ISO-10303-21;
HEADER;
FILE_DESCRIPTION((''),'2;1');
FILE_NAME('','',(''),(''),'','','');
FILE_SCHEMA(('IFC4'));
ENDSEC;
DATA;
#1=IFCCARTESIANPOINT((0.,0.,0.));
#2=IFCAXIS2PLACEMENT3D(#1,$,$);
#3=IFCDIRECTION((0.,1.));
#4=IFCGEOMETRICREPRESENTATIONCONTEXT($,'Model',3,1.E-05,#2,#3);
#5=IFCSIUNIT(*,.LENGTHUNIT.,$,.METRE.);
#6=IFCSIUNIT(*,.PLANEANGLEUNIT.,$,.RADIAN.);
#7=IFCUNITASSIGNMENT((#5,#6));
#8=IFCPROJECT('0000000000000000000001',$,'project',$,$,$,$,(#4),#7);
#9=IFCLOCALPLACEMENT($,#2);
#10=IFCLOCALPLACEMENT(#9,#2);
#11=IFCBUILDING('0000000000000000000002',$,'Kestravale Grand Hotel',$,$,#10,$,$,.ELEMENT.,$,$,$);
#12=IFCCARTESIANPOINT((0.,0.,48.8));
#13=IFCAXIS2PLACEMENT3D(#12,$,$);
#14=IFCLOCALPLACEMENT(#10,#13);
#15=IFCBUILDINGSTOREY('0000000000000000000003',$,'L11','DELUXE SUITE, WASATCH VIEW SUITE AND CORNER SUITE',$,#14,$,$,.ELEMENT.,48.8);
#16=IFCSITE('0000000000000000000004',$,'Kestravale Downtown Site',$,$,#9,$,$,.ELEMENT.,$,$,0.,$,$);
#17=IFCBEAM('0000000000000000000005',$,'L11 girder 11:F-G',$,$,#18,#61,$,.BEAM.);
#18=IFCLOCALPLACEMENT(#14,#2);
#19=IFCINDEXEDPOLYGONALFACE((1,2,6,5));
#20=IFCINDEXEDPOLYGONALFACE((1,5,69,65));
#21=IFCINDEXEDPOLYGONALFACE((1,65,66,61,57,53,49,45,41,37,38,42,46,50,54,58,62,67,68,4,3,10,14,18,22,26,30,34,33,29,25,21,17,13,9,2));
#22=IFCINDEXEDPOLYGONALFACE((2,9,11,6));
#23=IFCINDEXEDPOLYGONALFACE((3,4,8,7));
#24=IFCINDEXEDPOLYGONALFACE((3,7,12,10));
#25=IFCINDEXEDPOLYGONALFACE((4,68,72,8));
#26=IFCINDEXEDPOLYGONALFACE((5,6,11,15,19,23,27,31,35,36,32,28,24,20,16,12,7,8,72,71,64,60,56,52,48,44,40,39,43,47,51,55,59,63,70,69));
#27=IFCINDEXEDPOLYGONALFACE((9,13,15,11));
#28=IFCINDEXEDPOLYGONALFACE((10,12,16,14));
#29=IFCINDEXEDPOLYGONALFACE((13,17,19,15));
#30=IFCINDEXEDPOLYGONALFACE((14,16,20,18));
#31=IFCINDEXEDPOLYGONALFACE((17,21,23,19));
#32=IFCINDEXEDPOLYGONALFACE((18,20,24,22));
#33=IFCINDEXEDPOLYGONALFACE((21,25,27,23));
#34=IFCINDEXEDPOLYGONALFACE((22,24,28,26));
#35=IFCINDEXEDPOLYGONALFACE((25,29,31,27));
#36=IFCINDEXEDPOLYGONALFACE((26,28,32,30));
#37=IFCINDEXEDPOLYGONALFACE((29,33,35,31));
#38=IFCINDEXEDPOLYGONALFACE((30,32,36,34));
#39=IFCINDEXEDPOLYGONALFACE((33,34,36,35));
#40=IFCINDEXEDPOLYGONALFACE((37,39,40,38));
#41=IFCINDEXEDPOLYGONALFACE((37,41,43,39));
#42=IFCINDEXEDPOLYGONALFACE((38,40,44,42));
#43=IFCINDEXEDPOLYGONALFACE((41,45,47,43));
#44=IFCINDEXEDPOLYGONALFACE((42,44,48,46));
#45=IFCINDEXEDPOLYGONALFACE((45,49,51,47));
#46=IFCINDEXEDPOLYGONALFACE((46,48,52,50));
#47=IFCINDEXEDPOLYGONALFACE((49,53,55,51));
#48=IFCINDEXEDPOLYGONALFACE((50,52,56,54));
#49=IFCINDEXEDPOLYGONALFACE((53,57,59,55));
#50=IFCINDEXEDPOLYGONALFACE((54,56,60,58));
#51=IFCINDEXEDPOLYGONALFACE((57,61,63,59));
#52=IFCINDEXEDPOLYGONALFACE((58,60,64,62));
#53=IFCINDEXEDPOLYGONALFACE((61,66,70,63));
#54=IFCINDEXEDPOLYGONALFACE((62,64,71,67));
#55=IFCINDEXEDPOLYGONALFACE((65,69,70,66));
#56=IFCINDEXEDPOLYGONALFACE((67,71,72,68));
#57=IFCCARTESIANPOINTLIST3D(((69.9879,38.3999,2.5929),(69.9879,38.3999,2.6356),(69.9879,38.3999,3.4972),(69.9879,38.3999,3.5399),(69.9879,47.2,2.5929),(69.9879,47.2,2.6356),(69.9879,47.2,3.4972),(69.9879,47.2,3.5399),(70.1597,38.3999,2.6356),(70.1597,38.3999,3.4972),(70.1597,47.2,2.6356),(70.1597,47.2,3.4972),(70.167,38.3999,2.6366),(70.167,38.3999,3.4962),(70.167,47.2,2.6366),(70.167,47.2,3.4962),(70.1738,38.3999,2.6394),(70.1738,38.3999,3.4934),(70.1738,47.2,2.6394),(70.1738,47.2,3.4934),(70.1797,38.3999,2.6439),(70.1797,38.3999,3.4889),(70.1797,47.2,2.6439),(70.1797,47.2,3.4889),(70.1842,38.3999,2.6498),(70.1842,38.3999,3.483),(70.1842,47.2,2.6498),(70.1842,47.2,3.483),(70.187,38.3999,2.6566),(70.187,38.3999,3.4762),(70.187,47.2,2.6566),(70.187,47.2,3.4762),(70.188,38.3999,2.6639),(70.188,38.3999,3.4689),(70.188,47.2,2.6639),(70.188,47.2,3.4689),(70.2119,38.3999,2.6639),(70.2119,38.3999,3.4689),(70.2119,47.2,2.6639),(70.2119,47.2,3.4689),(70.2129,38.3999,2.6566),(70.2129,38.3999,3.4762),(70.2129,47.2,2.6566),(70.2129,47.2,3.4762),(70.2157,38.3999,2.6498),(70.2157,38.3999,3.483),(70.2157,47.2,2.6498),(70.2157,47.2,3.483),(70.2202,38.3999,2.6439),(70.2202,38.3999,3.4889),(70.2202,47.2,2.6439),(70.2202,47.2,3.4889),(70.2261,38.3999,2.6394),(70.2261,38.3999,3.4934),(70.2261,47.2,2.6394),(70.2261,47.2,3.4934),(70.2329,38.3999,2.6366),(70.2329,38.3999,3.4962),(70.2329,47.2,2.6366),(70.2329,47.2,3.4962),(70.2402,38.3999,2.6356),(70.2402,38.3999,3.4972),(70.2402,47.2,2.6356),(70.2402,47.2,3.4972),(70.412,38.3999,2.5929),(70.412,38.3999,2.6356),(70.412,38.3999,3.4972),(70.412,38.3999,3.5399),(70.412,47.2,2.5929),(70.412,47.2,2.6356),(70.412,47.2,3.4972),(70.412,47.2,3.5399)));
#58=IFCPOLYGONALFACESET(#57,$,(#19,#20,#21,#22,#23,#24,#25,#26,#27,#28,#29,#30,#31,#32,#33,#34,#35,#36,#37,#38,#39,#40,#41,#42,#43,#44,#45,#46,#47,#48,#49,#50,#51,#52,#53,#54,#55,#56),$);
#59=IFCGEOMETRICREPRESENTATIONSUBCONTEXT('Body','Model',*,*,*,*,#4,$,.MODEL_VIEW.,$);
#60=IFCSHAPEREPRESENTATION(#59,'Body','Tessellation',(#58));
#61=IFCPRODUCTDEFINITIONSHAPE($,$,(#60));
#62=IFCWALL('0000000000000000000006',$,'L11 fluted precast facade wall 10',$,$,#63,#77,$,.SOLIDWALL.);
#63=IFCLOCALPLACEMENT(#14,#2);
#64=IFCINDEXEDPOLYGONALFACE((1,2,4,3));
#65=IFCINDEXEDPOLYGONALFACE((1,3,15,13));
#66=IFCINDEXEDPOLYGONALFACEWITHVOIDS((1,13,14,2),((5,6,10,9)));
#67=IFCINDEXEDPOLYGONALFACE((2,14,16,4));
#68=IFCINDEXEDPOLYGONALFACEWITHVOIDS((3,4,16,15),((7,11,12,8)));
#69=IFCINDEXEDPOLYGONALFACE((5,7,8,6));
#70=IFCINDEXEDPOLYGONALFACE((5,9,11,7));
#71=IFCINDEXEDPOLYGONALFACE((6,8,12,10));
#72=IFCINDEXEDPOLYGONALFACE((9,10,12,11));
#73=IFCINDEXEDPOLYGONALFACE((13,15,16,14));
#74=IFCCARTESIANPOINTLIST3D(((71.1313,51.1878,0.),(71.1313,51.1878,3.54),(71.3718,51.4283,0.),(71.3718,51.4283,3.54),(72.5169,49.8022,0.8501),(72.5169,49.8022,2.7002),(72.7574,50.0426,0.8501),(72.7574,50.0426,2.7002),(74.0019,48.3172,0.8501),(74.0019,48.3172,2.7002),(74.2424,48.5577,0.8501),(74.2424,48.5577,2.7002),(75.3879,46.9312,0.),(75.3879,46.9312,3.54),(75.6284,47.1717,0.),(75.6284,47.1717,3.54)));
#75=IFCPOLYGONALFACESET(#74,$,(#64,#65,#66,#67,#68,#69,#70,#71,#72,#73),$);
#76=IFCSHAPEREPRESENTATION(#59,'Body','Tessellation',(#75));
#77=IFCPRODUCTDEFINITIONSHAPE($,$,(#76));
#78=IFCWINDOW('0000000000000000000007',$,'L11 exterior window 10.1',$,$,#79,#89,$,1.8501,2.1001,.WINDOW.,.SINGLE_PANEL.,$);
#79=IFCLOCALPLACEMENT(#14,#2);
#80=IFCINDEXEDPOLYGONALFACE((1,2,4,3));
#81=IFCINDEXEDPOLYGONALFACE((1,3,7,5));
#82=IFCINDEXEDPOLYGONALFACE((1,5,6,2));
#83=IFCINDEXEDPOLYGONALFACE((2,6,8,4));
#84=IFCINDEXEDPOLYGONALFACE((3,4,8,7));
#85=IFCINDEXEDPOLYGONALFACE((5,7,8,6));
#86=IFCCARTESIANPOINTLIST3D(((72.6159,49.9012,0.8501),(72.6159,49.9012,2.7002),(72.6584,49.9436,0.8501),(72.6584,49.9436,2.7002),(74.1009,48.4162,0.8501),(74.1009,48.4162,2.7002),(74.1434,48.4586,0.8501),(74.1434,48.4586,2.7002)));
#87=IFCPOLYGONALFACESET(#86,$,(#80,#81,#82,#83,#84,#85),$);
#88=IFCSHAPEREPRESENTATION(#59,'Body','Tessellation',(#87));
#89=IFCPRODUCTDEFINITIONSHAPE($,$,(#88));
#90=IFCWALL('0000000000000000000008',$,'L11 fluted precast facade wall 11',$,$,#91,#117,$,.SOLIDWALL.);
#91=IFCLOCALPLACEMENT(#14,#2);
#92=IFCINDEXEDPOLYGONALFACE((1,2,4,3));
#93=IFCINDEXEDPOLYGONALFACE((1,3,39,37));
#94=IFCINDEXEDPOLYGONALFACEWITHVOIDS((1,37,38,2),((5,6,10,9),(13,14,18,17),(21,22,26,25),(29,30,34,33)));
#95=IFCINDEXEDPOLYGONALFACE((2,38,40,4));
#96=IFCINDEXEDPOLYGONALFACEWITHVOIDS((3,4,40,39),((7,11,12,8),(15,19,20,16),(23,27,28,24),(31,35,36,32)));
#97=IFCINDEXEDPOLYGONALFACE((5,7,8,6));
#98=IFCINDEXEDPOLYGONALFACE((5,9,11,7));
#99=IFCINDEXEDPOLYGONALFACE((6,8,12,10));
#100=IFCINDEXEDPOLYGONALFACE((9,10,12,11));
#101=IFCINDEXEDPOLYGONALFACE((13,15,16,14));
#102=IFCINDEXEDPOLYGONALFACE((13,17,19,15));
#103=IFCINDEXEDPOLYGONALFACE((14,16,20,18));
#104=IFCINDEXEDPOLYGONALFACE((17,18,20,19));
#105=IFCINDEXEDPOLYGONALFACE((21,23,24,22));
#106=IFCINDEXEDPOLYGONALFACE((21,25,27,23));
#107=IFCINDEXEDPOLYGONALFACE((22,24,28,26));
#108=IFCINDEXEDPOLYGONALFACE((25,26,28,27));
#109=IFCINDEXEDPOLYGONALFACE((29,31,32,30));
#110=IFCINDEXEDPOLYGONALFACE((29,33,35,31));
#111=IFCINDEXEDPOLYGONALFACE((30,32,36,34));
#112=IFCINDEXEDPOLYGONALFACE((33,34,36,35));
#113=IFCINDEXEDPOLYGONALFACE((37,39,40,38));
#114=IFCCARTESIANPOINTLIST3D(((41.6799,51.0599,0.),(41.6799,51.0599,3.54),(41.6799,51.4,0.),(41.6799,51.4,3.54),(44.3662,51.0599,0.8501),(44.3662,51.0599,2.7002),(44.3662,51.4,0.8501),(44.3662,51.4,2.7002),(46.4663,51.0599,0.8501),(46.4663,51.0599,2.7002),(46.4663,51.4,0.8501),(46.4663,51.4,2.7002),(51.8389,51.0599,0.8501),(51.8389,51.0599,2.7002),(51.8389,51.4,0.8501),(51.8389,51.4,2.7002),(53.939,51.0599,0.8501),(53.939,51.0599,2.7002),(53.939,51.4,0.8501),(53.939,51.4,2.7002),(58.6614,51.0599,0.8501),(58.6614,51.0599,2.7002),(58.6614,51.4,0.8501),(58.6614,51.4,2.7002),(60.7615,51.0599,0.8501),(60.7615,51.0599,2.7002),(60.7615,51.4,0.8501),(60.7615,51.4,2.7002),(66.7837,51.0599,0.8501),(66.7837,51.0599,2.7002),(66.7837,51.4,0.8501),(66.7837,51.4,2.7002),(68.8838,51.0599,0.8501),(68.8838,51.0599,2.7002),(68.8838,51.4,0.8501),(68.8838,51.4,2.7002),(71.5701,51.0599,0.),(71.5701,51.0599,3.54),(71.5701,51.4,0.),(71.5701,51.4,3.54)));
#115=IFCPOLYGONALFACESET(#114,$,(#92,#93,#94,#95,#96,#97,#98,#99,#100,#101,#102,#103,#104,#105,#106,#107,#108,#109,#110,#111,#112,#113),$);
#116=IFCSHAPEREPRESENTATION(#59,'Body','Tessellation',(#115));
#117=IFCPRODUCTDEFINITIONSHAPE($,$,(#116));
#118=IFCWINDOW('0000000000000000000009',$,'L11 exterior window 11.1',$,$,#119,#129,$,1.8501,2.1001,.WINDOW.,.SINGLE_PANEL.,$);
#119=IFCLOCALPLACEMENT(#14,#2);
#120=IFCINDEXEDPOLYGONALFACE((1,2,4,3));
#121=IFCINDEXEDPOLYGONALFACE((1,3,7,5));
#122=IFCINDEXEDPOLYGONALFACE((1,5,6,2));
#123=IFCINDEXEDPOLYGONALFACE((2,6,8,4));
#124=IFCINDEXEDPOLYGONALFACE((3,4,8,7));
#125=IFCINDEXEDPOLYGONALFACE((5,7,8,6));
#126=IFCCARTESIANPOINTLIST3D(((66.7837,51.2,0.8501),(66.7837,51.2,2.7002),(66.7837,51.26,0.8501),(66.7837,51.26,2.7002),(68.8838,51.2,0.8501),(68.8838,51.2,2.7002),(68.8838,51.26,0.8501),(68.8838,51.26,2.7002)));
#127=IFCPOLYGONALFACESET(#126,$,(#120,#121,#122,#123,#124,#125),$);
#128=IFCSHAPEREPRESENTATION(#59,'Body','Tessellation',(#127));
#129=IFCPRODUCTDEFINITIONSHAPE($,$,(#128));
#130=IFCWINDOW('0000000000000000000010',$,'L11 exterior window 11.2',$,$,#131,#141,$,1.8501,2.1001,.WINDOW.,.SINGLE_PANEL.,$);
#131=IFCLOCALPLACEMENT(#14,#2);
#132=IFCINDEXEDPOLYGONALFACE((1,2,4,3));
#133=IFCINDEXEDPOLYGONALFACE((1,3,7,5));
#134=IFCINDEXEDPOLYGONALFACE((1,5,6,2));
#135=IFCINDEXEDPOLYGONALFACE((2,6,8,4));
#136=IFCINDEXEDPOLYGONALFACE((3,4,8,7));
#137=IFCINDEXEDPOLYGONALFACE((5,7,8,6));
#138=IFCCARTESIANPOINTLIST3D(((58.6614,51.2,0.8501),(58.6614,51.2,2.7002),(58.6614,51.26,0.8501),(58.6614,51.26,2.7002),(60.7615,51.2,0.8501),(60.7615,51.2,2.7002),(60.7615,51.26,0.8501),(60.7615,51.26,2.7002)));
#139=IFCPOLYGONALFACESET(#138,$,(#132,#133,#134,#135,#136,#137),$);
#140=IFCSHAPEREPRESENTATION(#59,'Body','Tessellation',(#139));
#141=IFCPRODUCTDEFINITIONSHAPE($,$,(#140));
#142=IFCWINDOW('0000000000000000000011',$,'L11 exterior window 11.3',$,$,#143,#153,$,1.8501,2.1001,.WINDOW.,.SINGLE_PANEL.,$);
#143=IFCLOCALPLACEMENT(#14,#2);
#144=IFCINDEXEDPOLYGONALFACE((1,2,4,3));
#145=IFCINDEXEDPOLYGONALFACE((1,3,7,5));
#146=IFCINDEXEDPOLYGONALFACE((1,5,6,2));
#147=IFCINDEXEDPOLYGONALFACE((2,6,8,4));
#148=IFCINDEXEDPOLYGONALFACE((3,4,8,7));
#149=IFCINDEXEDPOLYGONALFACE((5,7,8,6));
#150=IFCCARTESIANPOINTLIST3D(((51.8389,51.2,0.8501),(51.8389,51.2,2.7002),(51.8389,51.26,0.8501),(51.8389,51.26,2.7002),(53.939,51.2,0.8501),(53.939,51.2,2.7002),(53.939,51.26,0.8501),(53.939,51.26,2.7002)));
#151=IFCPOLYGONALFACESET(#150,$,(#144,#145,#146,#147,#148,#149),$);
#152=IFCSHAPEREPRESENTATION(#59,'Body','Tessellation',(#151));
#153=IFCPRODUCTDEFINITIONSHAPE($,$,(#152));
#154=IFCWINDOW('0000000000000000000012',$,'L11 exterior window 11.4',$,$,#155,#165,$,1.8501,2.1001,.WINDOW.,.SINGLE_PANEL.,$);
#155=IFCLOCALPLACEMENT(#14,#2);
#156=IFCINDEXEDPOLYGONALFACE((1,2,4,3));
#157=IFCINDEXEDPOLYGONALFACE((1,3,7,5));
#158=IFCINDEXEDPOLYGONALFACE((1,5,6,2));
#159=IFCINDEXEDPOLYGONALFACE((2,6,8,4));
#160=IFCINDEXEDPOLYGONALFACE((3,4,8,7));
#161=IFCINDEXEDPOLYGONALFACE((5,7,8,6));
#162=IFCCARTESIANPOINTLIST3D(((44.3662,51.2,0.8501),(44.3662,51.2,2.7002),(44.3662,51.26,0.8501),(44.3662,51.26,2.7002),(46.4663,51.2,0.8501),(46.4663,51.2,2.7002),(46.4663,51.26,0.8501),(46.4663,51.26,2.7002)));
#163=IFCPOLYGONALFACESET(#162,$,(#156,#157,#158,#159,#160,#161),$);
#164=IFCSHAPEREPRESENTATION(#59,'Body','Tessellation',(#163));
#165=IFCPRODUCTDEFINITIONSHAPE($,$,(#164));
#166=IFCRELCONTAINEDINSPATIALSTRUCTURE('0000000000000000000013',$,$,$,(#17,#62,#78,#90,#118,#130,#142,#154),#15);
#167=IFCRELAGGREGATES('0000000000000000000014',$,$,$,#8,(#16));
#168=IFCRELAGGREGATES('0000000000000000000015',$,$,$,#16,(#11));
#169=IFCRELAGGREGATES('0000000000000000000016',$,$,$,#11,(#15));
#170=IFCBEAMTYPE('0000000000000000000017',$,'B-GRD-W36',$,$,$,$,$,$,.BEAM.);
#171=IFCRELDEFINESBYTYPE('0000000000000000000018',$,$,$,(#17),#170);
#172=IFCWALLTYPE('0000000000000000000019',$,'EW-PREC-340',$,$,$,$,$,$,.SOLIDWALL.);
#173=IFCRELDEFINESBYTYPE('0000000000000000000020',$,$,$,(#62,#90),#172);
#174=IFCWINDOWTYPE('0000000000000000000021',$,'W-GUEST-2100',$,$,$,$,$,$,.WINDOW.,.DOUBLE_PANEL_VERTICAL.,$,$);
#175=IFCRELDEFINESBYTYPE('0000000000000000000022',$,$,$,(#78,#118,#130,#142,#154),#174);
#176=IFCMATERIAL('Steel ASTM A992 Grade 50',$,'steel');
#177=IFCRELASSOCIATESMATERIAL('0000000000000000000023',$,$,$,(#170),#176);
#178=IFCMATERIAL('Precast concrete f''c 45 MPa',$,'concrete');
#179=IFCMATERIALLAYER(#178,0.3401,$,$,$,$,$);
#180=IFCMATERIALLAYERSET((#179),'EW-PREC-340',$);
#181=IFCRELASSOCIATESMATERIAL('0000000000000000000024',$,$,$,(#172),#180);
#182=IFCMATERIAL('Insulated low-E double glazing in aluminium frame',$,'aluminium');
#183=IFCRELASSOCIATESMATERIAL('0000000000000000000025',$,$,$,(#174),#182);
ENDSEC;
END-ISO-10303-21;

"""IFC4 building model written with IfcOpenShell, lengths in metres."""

from ifc_helpers import new_model, si_unit, direction, frame, frame_2d, origin, origin_2d, place, context, subcontext, project, spatial, rectangle, i_section, extrude, material, layer, layer_set, material_profile, profile_set, type_object, element, fill, save


model = new_model("IFC4")

# Units and contexts
model_context = context("Model", 3, precision=1e-05, world=origin(), true_north=direction((0.0, 1.0)))
body_context = subcontext(model_context, "Body", "Model", "MODEL_VIEW")
ifc_project = project(units=[si_unit("LENGTHUNIT", "METRE"), si_unit("PLANEANGLEUNIT", "RADIAN")], contexts=[model_context])

# Site, building, storey
site_placement = place(None, origin())
site = spatial("IfcSite", under=ifc_project, at=site_placement, Name="Kestravale Downtown Site", CompositionType="ELEMENT", RefElevation=0.0)
building_placement = place(site_placement, origin())
building = spatial("IfcBuilding", under=site, at=building_placement, Name="Kestravale Grand Hotel", CompositionType="ELEMENT")
storey_placement = place(building_placement, frame((0.0, 0.0, 48.8)))
storey = spatial("IfcBuildingStorey", under=building, at=storey_placement, Name="L11", Description="DELUXE SUITE, WASATCH VIEW SUITE AND CORNER SUITE", CompositionType="ELEMENT", Elevation=48.8)

# Beam
ifc_material_1 = material(Name="Steel ASTM A992 Grade 50", Category="steel")
ifc_material_profile_1 = material_profile(ifc_material_1, i_section(OverallWidth=0.4241, OverallDepth=0.947, WebThickness=0.0239, FlangeThickness=0.0427, FilletRadius=0.0283, at=origin_2d()))
ifc_profile_set_1 = profile_set([ifc_material_profile_1], Name="Steel ASTM A992 Grade 50")
beam_type_1 = type_object("IfcBeamType", Name="B-GRD-W36", PredefinedType="BEAM", material=ifc_profile_set_1)
for number, where, z_axis, x_axis, name in (
    (1, (70.2, 38.3999, 3.0664), (0.0, 1.0, 0.0), (-1.0, 0.0, 0.0), "L11 girder 11:F-G"),
):
    element("IfcBeam", number, at=place(storey_placement, frame(where, z_axis=z_axis, x_axis=x_axis)), inside=storey, type_object=beam_type_1, Name=name, PredefinedType="BEAM", context=body_context, shape_type="SweptSolid", body=[
        extrude(i_section(OverallWidth=0.4241, OverallDepth=0.947, WebThickness=0.0239, FlangeThickness=0.0427, FilletRadius=0.0283, at=origin_2d()), origin(), (0.0, 0.0, 1.0), 8.8),
    ])

# Wall, opening, window
ifc_material_2 = material(Name="Precast concrete f'c 45 MPa", Category="concrete")
ifc_layer_1 = layer(ifc_material_2, 0.3401)
ifc_layer_set_1 = layer_set([ifc_layer_1], Name="EW-PREC-340")
wall_type_1 = type_object("IfcWallType", Name="EW-PREC-340", PredefinedType="SOLIDWALL", material=ifc_layer_set_1)
wall_1_placement = place(storey_placement, frame((75.5081, 47.0515, 0.0), z_axis=(0.0, 0.0, 1.0), x_axis=(-0.707107, 0.707107, 0.0)))
wall_1 = element("IfcWall", 2, at=wall_1_placement, inside=storey, type_object=wall_type_1, Name="L11 fluted precast facade wall 10", PredefinedType="SOLIDWALL", context=body_context, shape_type="SweptSolid", body=[
    extrude(rectangle(XDim=6.0198, YDim=0.3401, at=frame_2d((3.0098, 0.0))), origin(), (0.0, 0.0, 1.0), 3.54),
])
opening_1_placement = place(wall_1_placement, frame((1.96, 0.0, 0.8501)))
opening_1 = element("IfcOpeningElement", 3, at=opening_1_placement, cuts=wall_1, PredefinedType="OPENING", context=body_context, shape_type="SweptSolid", body=[
    extrude(rectangle(XDim=2.1001, YDim=1.8501, at=frame_2d((1.05, 0.925))), frame((0.0, 0.1799, 0.0), z_axis=(0.0, -1.0, 0.0), x_axis=(1.0, 0.0, 0.0)), (0.0, 0.0, 1.0), 0.3601),
])
ifc_material_3 = material(Name="Insulated low-E double glazing in aluminium frame", Category="aluminium")
window_type = type_object("IfcWindowType", Name="W-GUEST-2100", PartitioningType="DOUBLE_PANEL_VERTICAL", PredefinedType="WINDOW", material=ifc_material_3)
window_1_placement = place(opening_1_placement, origin())
window_1 = element("IfcWindow", 4, at=window_1_placement, inside=storey, type_object=window_type, Name="L11 exterior window 10.1", OverallHeight=1.8501, OverallWidth=2.1001, PartitioningType="SINGLE_PANEL", PredefinedType="WINDOW", context=body_context, shape_type="SweptSolid", body=[
    extrude(rectangle(XDim=2.1001, YDim=1.8501, at=frame_2d((1.05, 0.925))), frame((0.0, 0.03, 0.0), z_axis=(0.0, -1.0, 0.0), x_axis=(1.0, 0.0, 0.0)), (0.0, 0.0, 1.0), 0.0601),
])
fill(opening_1, window_1)

# Wall, openings, windows
wall_2_placement = place(storey_placement, frame((71.5701, 51.23, 0.0), z_axis=(0.0, 0.0, 1.0), x_axis=(-1.0, 0.0, 0.0)))
wall_2 = element("IfcWall", 5, at=wall_2_placement, inside=storey, type_object=wall_type_1, Name="L11 fluted precast facade wall 11", PredefinedType="SOLIDWALL", context=body_context, shape_type="SweptSolid", body=[
    extrude(rectangle(XDim=29.8901, YDim=0.3401, at=frame_2d((14.9451, 0.0))), origin(), (0.0, 0.0, 1.0), 3.54),
])
opening_2_placement = place(wall_2_placement, frame((2.6863, 0.0, 0.8501)))
opening_2 = element("IfcOpeningElement", 6, at=opening_2_placement, cuts=wall_2, PredefinedType="OPENING", context=body_context, shape_type="SweptSolid", body=[
    extrude(rectangle(XDim=2.1001, YDim=1.8501, at=frame_2d((1.05, 0.925))), frame((0.0, 0.1799, 0.0), z_axis=(0.0, -1.0, 0.0), x_axis=(1.0, 0.0, 0.0)), (0.0, 0.0, 1.0), 0.3601),
])
opening_3_placement = place(wall_2_placement, frame((10.8086, 0.0, 0.8501)))
opening_3 = element("IfcOpeningElement", 7, at=opening_3_placement, cuts=wall_2, PredefinedType="OPENING", context=body_context, shape_type="SweptSolid", body=[
    extrude(rectangle(XDim=2.1001, YDim=1.8501, at=frame_2d((1.05, 0.925))), frame((0.0, 0.1799, 0.0), z_axis=(0.0, -1.0, 0.0), x_axis=(1.0, 0.0, 0.0)), (0.0, 0.0, 1.0), 0.3601),
])
opening_4_placement = place(wall_2_placement, frame((17.6311, 0.0, 0.8501)))
opening_4 = element("IfcOpeningElement", 8, at=opening_4_placement, cuts=wall_2, PredefinedType="OPENING", context=body_context, shape_type="SweptSolid", body=[
    extrude(rectangle(XDim=2.1001, YDim=1.8501, at=frame_2d((1.05, 0.925))), frame((0.0, 0.1799, 0.0), z_axis=(0.0, -1.0, 0.0), x_axis=(1.0, 0.0, 0.0)), (0.0, 0.0, 1.0), 0.3601),
])
opening_5_placement = place(wall_2_placement, frame((25.1038, 0.0, 0.8501)))
opening_5 = element("IfcOpeningElement", 9, at=opening_5_placement, cuts=wall_2, PredefinedType="OPENING", context=body_context, shape_type="SweptSolid", body=[
    extrude(rectangle(XDim=2.1001, YDim=1.8501, at=frame_2d((1.05, 0.925))), frame((0.0, 0.1799, 0.0), z_axis=(0.0, -1.0, 0.0), x_axis=(1.0, 0.0, 0.0)), (0.0, 0.0, 1.0), 0.3601),
])
window_2_placement = place(opening_2_placement, origin())
window_2 = element("IfcWindow", 10, at=window_2_placement, inside=storey, type_object=window_type, Name="L11 exterior window 11.1", OverallHeight=1.8501, OverallWidth=2.1001, PartitioningType="SINGLE_PANEL", PredefinedType="WINDOW", context=body_context, shape_type="SweptSolid", body=[
    extrude(rectangle(XDim=2.1001, YDim=1.8501, at=frame_2d((1.05, 0.925))), frame((0.0, 0.03, 0.0), z_axis=(0.0, -1.0, 0.0), x_axis=(1.0, 0.0, 0.0)), (0.0, 0.0, 1.0), 0.0601),
])
fill(opening_2, window_2)
window_3_placement = place(opening_3_placement, origin())
window_3 = element("IfcWindow", 11, at=window_3_placement, inside=storey, type_object=window_type, Name="L11 exterior window 11.2", OverallHeight=1.8501, OverallWidth=2.1001, PartitioningType="SINGLE_PANEL", PredefinedType="WINDOW", context=body_context, shape_type="SweptSolid", body=[
    extrude(rectangle(XDim=2.1001, YDim=1.8501, at=frame_2d((1.05, 0.925))), frame((0.0, 0.03, 0.0), z_axis=(0.0, -1.0, 0.0), x_axis=(1.0, 0.0, 0.0)), (0.0, 0.0, 1.0), 0.0601),
])
fill(opening_3, window_3)
window_4_placement = place(opening_4_placement, origin())
window_4 = element("IfcWindow", 12, at=window_4_placement, inside=storey, type_object=window_type, Name="L11 exterior window 11.3", OverallHeight=1.8501, OverallWidth=2.1001, PartitioningType="SINGLE_PANEL", PredefinedType="WINDOW", context=body_context, shape_type="SweptSolid", body=[
    extrude(rectangle(XDim=2.1001, YDim=1.8501, at=frame_2d((1.05, 0.925))), frame((0.0, 0.03, 0.0), z_axis=(0.0, -1.0, 0.0), x_axis=(1.0, 0.0, 0.0)), (0.0, 0.0, 1.0), 0.0601),
])
fill(opening_4, window_4)
window_5_placement = place(opening_5_placement, origin())
window_5 = element("IfcWindow", 13, at=window_5_placement, inside=storey, type_object=window_type, Name="L11 exterior window 11.4", OverallHeight=1.8501, OverallWidth=2.1001, PartitioningType="SINGLE_PANEL", PredefinedType="WINDOW", context=body_context, shape_type="SweptSolid", body=[
    extrude(rectangle(XDim=2.1001, YDim=1.8501, at=frame_2d((1.05, 0.925))), frame((0.0, 0.03, 0.0), z_axis=(0.0, -1.0, 0.0), x_axis=(1.0, 0.0, 0.0)), (0.0, 0.0, 1.0), 0.0601),
])
fill(opening_5, window_5)

save(model, "model.ifc")
